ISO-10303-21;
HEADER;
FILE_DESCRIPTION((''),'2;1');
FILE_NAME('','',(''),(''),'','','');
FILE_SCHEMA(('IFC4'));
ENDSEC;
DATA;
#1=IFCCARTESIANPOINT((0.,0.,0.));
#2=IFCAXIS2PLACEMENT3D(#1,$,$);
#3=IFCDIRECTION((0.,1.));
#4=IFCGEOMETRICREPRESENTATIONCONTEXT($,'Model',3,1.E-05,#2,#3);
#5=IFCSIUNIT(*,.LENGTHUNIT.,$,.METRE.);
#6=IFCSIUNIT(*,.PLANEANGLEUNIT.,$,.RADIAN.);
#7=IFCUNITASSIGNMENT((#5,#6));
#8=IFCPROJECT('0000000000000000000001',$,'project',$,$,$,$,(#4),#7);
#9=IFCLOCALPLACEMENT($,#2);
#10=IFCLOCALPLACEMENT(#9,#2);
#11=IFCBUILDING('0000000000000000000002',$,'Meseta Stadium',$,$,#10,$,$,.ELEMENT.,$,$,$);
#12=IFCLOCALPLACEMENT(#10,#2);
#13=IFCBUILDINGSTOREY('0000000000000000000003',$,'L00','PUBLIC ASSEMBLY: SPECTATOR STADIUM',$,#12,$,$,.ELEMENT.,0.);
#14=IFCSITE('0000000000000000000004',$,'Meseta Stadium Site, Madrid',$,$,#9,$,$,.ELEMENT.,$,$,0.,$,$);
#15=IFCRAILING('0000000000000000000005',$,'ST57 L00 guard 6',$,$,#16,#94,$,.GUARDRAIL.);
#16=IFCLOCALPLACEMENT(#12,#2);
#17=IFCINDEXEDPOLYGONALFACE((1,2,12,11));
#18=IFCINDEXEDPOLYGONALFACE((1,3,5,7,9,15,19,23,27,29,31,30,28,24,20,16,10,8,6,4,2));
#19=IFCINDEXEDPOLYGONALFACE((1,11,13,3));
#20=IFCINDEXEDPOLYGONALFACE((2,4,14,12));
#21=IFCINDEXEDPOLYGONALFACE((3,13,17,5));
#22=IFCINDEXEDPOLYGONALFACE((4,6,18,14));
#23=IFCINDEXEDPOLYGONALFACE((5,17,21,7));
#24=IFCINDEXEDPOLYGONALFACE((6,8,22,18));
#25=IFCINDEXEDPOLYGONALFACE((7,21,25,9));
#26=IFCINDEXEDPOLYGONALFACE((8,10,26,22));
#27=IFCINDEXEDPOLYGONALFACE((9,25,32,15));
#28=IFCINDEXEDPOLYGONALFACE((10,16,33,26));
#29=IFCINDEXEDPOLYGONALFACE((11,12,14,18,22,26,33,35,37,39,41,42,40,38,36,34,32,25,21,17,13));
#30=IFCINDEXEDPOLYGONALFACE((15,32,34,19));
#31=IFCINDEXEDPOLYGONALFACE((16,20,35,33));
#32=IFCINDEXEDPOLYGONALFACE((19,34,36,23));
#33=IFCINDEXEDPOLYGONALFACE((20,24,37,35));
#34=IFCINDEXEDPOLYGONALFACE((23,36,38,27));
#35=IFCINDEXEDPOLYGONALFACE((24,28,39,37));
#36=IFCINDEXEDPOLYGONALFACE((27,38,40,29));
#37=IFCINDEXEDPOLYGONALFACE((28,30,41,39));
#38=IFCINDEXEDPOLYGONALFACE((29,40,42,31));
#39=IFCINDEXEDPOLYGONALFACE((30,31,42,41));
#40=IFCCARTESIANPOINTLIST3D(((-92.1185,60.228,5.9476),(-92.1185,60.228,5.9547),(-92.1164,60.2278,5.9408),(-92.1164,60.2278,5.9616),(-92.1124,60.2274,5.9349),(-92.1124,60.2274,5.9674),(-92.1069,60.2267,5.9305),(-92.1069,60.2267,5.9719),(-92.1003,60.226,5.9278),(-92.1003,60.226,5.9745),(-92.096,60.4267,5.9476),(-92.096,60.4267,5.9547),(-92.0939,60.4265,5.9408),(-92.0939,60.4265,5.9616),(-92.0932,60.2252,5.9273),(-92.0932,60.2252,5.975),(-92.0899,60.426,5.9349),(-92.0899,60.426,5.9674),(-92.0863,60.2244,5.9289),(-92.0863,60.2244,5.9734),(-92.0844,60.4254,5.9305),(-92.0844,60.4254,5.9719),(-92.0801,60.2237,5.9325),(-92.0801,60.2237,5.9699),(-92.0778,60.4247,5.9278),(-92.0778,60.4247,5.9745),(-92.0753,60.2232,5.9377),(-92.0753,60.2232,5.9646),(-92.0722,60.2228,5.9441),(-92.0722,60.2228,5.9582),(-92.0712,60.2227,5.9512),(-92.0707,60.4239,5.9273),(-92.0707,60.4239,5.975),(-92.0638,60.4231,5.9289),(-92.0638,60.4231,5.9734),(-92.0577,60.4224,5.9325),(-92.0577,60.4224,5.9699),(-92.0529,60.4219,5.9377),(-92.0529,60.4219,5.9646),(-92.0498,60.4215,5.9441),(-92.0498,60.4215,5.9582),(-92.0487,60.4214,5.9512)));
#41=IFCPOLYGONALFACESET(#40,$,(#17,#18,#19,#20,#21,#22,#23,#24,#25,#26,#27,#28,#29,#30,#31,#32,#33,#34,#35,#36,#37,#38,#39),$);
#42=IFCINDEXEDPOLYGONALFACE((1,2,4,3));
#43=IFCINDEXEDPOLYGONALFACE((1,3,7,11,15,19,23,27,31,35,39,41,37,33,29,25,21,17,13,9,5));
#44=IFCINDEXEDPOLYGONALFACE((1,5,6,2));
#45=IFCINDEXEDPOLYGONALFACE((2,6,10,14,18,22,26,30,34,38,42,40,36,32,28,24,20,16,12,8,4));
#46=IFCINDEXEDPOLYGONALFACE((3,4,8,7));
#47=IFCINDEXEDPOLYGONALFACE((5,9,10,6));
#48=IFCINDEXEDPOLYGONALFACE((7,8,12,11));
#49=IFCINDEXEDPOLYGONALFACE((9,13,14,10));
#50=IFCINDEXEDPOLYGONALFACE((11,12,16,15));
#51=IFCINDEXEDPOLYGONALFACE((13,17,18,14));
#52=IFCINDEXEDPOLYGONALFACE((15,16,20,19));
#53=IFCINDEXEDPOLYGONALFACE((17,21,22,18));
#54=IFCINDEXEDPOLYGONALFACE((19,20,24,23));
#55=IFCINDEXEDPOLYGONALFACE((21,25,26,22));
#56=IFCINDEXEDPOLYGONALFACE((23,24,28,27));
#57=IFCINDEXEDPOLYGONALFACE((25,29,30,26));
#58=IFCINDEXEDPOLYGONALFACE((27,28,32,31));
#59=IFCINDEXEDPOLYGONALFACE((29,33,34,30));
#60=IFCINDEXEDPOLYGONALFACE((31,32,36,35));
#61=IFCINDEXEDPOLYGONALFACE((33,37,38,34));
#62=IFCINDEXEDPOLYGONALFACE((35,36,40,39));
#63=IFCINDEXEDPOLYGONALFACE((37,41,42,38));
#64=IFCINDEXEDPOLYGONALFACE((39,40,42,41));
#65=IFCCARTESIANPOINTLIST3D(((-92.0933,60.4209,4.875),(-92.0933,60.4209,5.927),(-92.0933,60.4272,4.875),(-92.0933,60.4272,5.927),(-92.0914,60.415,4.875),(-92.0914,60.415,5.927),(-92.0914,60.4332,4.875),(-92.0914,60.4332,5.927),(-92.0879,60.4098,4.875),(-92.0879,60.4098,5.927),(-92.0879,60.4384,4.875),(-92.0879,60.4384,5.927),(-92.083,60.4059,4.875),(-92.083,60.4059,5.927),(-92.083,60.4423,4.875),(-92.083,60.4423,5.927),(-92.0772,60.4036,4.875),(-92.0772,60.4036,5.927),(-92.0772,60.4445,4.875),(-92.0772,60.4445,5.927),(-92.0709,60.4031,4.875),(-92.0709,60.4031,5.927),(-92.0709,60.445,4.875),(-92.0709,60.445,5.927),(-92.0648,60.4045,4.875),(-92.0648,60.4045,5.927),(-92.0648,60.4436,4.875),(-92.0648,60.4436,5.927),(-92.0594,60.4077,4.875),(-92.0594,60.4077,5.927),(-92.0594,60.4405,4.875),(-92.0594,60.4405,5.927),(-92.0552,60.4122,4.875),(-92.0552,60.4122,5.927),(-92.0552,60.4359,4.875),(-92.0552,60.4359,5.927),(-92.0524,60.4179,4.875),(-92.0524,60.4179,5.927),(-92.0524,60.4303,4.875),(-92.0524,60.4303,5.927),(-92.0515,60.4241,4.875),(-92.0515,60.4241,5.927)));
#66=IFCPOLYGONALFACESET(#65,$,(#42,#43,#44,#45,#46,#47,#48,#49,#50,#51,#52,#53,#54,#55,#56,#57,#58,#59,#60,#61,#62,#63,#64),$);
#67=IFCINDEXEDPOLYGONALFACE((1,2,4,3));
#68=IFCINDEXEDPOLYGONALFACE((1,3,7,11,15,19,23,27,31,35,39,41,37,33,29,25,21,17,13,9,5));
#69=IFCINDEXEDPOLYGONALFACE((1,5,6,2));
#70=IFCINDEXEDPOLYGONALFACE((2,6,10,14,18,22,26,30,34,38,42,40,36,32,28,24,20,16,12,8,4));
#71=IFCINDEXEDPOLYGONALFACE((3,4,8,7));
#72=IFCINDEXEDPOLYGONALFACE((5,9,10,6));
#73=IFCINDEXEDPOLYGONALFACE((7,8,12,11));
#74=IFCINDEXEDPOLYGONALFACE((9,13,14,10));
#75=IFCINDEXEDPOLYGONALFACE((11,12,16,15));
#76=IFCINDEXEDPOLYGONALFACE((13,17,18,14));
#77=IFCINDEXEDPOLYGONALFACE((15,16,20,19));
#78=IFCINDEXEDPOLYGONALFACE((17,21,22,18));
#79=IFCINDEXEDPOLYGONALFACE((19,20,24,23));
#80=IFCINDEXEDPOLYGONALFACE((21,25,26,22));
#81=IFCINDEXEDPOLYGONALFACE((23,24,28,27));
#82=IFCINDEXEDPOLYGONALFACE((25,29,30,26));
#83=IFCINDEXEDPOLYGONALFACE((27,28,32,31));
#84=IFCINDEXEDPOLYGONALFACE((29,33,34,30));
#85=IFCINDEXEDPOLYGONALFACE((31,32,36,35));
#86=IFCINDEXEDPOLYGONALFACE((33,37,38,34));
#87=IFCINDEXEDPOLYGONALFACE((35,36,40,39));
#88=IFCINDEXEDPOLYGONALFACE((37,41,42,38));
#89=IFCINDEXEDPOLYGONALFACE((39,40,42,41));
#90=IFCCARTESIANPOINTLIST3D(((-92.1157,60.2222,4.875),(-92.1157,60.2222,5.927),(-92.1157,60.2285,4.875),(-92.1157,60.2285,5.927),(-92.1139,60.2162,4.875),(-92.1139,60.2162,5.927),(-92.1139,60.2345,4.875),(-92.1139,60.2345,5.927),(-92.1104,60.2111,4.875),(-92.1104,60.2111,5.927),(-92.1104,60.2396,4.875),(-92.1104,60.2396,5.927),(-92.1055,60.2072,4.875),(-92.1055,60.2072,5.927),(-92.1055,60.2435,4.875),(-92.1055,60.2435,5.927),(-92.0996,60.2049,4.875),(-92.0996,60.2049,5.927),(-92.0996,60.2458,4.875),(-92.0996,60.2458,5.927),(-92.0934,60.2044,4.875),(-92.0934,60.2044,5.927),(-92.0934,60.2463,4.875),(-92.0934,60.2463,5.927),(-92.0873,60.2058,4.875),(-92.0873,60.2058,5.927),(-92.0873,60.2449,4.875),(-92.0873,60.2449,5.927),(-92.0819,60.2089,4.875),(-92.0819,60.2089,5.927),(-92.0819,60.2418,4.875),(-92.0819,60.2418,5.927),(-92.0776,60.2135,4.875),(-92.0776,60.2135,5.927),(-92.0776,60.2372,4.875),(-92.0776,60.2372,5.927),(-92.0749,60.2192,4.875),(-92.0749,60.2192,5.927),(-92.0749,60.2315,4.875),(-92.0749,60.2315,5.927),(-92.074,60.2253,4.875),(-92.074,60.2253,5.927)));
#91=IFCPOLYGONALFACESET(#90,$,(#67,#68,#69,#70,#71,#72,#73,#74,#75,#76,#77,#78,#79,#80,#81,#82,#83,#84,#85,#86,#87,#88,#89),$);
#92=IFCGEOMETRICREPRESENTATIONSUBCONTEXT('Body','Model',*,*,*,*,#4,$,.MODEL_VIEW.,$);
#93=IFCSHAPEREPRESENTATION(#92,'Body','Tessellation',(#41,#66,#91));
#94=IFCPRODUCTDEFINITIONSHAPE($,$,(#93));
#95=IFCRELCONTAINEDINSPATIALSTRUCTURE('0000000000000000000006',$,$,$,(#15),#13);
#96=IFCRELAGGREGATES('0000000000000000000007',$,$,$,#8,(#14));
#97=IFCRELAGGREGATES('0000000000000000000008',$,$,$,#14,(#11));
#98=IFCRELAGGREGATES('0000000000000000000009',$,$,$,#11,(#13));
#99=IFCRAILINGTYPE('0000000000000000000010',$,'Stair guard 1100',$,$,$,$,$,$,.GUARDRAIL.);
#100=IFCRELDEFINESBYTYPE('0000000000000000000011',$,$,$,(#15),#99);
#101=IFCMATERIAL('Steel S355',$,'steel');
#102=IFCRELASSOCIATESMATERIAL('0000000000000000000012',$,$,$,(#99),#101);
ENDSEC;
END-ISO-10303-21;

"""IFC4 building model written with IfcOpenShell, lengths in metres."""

from ifc_helpers import new_model, si_unit, direction, frame, origin, origin_2d, place, context, subcontext, project, spatial, circle, extrude, material, type_object, element, save


model = new_model("IFC4")

# Units and contexts
model_context = context("Model", 3, precision=1e-05, world=origin(), true_north=direction((0.0, 1.0)))
body_context = subcontext(model_context, "Body", "Model", "MODEL_VIEW")
ifc_project = project(units=[si_unit("LENGTHUNIT", "METRE"), si_unit("PLANEANGLEUNIT", "RADIAN")], contexts=[model_context])

# Site, building, storey
site_placement = place(None, origin())
site = spatial("IfcSite", under=ifc_project, at=site_placement, Name="Meseta Stadium Site, Madrid", CompositionType="ELEMENT", RefElevation=0.0)
building_placement = place(site_placement, origin())
building = spatial("IfcBuilding", under=site, at=building_placement, Name="Meseta Stadium", CompositionType="ELEMENT")
storey_placement = place(building_placement, origin())
storey = spatial("IfcBuildingStorey", under=building, at=storey_placement, Name="L00", Description="PUBLIC ASSEMBLY: SPECTATOR STADIUM", CompositionType="ELEMENT", Elevation=0.0)

# Railing
ifc_material_1 = material(Name="Steel S355", Category="steel")
railing_type_1 = type_object("IfcRailingType", Name="Stair guard 1100", PredefinedType="GUARDRAIL", material=ifc_material_1)
railing_1_placement = place(storey_placement, frame((-92.0725, 60.4241, 4.875)))
element("IfcRailing", 1, at=railing_1_placement, inside=storey, type_object=railing_type_1, Name="ST57 L00 guard 6", PredefinedType="GUARDRAIL", context=body_context, shape_type="SweptSolid", body=[
    extrude(circle(Radius=0.0239, at=origin_2d()), frame((0.0, 0.0, 1.0762), z_axis=(-0.112307, -0.993674, 0.0), x_axis=(0.993674, -0.112307, 0.0)), (0.0, 0.0, 1.0), 0.2),
    extrude(circle(Radius=0.021, at=origin_2d()), origin(), (0.0, 0.0, 1.0), 1.052),
    extrude(circle(Radius=0.021, at=origin_2d()), frame((-0.0225, -0.1987, 0.0)), (0.0, 0.0, 1.0), 1.052),
])

save(model, "model.ifc")
